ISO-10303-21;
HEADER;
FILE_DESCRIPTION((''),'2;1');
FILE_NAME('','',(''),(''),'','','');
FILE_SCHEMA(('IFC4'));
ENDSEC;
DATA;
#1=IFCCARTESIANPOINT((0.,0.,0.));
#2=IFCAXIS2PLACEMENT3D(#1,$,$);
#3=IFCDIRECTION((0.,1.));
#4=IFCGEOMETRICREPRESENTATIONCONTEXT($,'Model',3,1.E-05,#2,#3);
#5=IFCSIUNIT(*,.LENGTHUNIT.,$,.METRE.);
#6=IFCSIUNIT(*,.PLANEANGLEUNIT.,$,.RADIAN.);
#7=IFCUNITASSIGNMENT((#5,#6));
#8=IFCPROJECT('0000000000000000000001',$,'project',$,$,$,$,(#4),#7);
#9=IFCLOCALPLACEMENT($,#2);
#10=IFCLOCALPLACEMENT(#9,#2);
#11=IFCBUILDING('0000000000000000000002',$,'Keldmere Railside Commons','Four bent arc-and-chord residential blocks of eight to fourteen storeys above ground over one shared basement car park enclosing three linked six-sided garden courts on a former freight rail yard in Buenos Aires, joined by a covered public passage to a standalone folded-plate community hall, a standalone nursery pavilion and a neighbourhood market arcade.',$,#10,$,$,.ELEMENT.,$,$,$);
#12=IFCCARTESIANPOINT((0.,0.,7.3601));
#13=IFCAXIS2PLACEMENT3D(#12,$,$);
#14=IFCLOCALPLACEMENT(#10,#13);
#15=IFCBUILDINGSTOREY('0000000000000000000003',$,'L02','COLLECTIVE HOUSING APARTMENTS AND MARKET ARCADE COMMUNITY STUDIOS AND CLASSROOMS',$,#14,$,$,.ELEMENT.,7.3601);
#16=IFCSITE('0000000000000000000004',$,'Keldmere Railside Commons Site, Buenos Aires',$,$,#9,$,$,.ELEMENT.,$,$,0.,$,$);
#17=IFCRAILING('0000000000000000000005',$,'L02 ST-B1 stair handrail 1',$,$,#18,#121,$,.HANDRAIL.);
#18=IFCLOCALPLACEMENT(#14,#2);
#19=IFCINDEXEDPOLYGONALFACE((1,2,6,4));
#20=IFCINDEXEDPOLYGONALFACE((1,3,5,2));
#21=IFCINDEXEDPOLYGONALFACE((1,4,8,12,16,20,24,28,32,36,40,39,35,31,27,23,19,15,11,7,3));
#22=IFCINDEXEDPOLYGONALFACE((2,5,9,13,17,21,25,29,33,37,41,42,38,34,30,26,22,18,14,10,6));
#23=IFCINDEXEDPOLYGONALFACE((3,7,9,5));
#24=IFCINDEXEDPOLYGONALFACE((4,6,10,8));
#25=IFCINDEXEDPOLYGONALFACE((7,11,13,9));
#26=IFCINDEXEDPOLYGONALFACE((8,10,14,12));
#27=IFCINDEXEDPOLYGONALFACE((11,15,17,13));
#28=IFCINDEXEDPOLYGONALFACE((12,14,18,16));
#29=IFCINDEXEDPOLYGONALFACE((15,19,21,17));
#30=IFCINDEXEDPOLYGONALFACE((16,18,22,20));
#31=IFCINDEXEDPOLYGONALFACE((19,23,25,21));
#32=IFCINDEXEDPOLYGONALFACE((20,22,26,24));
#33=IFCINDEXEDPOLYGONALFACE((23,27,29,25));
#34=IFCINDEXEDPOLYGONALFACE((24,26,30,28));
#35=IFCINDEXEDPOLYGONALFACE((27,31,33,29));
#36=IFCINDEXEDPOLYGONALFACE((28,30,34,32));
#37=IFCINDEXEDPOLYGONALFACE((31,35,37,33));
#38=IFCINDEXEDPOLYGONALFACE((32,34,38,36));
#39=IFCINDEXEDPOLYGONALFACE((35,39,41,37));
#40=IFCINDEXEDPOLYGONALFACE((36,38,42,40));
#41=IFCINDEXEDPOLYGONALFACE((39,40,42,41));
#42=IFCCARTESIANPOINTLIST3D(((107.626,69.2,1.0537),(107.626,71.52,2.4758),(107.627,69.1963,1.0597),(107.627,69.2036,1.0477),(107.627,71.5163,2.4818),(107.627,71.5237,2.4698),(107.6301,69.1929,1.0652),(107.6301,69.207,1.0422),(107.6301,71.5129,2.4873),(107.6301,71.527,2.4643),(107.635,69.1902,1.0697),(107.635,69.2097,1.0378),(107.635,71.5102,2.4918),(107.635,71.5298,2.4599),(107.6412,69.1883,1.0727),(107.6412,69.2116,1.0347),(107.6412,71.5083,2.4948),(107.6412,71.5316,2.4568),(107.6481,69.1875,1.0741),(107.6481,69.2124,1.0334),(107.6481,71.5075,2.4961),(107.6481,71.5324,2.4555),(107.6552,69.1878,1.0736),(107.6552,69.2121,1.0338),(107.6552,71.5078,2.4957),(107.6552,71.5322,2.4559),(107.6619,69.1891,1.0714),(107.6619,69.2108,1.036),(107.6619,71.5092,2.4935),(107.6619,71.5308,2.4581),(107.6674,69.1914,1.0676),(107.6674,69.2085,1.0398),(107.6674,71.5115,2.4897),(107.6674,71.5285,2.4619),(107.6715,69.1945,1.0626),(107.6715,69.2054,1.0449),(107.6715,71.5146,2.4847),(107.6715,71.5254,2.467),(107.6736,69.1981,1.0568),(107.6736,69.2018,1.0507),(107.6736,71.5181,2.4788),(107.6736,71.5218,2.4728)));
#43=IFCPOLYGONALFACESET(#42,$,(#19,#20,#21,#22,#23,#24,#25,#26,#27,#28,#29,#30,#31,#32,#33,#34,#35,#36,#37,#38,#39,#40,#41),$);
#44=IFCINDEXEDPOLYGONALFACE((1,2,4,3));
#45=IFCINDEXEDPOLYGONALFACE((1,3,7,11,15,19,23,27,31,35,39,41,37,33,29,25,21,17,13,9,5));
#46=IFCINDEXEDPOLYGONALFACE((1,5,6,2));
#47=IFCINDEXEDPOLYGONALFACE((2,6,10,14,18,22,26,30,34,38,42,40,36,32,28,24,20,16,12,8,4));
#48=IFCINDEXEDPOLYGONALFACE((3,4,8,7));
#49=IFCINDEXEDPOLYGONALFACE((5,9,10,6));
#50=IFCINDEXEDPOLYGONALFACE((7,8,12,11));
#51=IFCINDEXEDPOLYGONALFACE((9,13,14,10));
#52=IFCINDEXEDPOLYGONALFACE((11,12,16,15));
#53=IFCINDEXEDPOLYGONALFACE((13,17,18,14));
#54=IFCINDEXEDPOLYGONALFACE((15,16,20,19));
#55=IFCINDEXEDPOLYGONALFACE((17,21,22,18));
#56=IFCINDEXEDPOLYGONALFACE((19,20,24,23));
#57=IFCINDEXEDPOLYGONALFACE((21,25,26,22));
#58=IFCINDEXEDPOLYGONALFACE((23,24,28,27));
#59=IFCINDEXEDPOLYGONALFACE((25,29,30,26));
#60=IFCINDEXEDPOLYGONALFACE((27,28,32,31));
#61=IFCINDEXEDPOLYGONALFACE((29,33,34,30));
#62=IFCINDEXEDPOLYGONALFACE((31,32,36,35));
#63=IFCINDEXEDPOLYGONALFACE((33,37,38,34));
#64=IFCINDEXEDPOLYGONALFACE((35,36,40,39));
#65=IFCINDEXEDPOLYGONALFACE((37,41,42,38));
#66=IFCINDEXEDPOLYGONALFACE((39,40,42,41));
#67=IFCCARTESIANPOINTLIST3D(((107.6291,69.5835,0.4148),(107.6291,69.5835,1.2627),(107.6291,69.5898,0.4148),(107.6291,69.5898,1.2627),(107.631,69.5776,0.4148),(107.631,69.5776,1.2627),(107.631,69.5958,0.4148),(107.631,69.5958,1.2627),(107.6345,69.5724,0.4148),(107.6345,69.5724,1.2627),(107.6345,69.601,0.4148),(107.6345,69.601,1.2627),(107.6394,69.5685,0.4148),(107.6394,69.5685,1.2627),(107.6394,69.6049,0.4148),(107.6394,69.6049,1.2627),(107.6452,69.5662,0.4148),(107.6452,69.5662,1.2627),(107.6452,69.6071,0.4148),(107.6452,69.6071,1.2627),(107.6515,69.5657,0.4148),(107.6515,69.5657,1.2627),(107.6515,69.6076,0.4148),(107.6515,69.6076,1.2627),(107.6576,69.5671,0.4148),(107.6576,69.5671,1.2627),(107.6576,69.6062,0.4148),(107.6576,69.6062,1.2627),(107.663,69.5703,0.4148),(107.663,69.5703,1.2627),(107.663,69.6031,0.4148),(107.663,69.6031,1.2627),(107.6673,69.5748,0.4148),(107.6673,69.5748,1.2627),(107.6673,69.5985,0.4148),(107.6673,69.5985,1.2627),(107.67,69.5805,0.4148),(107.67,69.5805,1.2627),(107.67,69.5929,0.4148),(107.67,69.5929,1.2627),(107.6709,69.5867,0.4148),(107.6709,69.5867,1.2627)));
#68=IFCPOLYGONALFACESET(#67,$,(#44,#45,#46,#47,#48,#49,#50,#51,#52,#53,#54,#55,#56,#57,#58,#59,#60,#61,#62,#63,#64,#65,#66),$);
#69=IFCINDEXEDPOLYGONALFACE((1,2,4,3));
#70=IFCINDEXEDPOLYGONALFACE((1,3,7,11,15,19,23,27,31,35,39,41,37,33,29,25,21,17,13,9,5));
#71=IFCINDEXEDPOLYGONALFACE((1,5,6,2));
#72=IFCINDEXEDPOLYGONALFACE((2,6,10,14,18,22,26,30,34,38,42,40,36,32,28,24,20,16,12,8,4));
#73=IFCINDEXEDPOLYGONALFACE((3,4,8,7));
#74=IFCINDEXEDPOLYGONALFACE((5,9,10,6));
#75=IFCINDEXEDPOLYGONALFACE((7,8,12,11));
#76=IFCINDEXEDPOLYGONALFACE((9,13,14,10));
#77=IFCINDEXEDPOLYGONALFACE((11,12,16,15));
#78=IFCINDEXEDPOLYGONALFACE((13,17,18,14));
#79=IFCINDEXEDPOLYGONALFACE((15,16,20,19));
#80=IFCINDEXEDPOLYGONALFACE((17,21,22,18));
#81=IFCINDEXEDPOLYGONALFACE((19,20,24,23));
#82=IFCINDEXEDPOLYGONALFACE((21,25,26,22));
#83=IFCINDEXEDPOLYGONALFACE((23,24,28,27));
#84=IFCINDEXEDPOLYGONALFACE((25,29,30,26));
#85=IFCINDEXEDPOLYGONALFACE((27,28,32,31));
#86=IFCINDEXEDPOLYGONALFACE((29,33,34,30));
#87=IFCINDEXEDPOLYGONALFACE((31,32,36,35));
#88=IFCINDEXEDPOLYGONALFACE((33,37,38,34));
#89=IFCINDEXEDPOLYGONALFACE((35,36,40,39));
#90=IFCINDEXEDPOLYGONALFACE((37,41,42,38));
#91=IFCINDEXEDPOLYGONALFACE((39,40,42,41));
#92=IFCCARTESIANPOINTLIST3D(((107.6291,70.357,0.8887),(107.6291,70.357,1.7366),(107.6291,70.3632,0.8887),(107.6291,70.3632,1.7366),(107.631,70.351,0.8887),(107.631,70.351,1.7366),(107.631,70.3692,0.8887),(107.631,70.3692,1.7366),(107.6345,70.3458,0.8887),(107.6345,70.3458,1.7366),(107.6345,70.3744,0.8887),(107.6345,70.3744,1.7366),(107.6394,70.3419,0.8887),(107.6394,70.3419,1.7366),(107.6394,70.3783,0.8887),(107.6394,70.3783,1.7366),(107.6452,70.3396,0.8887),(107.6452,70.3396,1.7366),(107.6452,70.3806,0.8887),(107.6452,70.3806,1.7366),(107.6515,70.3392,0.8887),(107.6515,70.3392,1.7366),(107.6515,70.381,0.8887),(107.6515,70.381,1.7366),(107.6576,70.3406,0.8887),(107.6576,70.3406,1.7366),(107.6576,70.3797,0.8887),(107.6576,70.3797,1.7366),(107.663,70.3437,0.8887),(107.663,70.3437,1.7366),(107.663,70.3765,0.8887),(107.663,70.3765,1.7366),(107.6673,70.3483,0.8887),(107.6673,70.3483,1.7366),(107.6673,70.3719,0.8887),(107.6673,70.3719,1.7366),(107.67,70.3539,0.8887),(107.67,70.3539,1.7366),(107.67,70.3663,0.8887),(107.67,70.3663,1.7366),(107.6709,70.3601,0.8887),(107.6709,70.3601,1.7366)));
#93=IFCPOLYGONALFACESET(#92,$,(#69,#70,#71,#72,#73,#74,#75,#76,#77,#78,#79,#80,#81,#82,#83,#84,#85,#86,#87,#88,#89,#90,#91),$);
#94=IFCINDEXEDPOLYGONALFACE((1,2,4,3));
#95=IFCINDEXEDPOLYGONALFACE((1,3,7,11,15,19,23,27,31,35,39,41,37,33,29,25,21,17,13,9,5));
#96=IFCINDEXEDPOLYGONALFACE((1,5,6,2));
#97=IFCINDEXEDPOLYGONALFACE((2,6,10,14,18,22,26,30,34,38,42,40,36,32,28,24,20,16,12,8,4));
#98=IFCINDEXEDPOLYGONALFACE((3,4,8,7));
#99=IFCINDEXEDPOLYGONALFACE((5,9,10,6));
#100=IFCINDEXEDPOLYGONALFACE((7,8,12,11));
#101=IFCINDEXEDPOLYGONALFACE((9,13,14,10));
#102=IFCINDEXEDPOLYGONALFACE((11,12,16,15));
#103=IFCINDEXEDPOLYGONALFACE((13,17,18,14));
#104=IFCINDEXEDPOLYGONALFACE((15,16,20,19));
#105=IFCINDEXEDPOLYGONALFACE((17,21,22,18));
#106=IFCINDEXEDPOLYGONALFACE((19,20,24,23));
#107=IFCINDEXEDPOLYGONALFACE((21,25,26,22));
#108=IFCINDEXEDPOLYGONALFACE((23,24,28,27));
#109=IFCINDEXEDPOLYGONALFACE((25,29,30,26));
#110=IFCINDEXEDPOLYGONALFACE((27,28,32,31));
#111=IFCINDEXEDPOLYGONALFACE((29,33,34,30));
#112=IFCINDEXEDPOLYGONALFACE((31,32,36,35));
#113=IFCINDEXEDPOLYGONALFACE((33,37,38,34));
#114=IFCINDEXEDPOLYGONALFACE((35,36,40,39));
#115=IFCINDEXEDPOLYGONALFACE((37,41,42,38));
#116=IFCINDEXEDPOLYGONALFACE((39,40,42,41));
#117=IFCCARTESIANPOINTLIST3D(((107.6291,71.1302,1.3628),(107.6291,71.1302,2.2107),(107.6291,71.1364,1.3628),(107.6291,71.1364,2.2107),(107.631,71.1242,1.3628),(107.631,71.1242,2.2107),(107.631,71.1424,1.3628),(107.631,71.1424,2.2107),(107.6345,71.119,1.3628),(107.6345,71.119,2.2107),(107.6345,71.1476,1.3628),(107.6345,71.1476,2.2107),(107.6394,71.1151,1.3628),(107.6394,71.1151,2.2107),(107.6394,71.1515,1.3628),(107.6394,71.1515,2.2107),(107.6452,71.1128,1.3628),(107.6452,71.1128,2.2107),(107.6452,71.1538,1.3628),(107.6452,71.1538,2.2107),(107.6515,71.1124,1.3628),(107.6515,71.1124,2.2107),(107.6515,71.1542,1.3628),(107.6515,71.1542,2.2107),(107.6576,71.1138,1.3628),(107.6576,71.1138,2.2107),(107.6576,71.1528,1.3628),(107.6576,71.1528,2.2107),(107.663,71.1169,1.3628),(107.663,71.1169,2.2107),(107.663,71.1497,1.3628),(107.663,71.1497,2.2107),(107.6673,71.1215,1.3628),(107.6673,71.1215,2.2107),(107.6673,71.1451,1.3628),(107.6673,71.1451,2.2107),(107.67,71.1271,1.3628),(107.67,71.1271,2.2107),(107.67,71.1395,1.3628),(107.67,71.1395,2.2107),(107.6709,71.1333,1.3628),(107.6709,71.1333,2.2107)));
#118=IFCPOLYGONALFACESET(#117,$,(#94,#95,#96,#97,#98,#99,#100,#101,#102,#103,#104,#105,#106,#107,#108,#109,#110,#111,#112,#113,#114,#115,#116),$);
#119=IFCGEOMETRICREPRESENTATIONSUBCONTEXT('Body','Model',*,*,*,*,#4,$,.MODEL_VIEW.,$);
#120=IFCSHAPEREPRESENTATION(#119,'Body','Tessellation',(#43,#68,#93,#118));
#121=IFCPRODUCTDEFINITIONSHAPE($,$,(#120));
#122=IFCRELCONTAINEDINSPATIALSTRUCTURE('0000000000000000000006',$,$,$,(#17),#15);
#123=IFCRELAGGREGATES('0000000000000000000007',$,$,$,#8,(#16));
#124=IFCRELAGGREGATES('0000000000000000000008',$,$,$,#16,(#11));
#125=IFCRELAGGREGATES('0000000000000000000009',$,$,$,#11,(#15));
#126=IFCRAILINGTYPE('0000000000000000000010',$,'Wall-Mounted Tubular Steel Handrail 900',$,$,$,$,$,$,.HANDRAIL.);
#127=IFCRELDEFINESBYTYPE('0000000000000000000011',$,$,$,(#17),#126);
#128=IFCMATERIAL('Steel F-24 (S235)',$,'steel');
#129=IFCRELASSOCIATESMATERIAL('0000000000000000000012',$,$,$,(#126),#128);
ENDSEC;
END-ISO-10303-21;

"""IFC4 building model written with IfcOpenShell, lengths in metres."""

from ifc_helpers import new_model, si_unit, direction, frame, origin, origin_2d, place, context, subcontext, project, spatial, circle, extrude, material, type_object, element, save


model = new_model("IFC4")

# Units and contexts
model_context = context("Model", 3, precision=1e-05, world=origin(), true_north=direction((0.0, 1.0)))
body_context = subcontext(model_context, "Body", "Model", "MODEL_VIEW")
ifc_project = project(units=[si_unit("LENGTHUNIT", "METRE"), si_unit("PLANEANGLEUNIT", "RADIAN")], contexts=[model_context])

# Site, building, storey
site_placement = place(None, origin())
site = spatial("IfcSite", under=ifc_project, at=site_placement, Name="Keldmere Railside Commons Site, Buenos Aires", CompositionType="ELEMENT", RefElevation=0.0)
building_placement = place(site_placement, origin())
building = spatial("IfcBuilding", under=site, at=building_placement, Name="Keldmere Railside Commons", Description="Four bent arc-and-chord residential blocks of eight to fourteen storeys above ground over one shared basement car park enclosing three linked six-sided garden courts on a former freight rail yard in Buenos Aires, joined by a covered public passage to a standalone folded-plate community hall, a standalone nursery pavilion and a neighbourhood market arcade.", CompositionType="ELEMENT")
storey_placement = place(building_placement, frame((0.0, 0.0, 7.3601)))
storey = spatial("IfcBuildingStorey", under=building, at=storey_placement, Name="L02", Description="COLLECTIVE HOUSING APARTMENTS AND MARKET ARCADE COMMUNITY STUDIOS AND CLASSROOMS", CompositionType="ELEMENT", Elevation=7.3601)

# Railing
ifc_material_1 = material(Name="Steel F-24 (S235)", Category="steel")
railing_type_1 = type_object("IfcRailingType", Name="Wall-Mounted Tubular Steel Handrail 900", PredefinedType="HANDRAIL", material=ifc_material_1)
railing_1_placement = place(storey_placement, frame((107.6499, 69.2, 0.1777)))
element("IfcRailing", 1, at=railing_1_placement, inside=storey, type_object=railing_type_1, Name="L02 ST-B1 stair handrail 1", PredefinedType="HANDRAIL", context=body_context, shape_type="SweptSolid", body=[
    extrude(circle(Radius=0.0239, at=origin_2d()), frame((0.0, 0.0, 0.876), z_axis=(0.0, 0.852578, 0.5226), x_axis=(-1.0, 0.0, 0.0)), (0.0, 0.0, 1.0), 2.7212),
    extrude(circle(Radius=0.021, at=origin_2d()), frame((0.0, 0.3867, 0.2371)), (0.0, 0.0, 1.0), 0.8479),
    extrude(circle(Radius=0.021, at=origin_2d()), frame((0.0, 1.1602, 0.7109)), (0.0, 0.0, 1.0), 0.8479),
    extrude(circle(Radius=0.021, at=origin_2d()), frame((0.0, 1.9333, 1.1851)), (0.0, 0.0, 1.0), 0.8479),
])

save(model, "model.ifc")
